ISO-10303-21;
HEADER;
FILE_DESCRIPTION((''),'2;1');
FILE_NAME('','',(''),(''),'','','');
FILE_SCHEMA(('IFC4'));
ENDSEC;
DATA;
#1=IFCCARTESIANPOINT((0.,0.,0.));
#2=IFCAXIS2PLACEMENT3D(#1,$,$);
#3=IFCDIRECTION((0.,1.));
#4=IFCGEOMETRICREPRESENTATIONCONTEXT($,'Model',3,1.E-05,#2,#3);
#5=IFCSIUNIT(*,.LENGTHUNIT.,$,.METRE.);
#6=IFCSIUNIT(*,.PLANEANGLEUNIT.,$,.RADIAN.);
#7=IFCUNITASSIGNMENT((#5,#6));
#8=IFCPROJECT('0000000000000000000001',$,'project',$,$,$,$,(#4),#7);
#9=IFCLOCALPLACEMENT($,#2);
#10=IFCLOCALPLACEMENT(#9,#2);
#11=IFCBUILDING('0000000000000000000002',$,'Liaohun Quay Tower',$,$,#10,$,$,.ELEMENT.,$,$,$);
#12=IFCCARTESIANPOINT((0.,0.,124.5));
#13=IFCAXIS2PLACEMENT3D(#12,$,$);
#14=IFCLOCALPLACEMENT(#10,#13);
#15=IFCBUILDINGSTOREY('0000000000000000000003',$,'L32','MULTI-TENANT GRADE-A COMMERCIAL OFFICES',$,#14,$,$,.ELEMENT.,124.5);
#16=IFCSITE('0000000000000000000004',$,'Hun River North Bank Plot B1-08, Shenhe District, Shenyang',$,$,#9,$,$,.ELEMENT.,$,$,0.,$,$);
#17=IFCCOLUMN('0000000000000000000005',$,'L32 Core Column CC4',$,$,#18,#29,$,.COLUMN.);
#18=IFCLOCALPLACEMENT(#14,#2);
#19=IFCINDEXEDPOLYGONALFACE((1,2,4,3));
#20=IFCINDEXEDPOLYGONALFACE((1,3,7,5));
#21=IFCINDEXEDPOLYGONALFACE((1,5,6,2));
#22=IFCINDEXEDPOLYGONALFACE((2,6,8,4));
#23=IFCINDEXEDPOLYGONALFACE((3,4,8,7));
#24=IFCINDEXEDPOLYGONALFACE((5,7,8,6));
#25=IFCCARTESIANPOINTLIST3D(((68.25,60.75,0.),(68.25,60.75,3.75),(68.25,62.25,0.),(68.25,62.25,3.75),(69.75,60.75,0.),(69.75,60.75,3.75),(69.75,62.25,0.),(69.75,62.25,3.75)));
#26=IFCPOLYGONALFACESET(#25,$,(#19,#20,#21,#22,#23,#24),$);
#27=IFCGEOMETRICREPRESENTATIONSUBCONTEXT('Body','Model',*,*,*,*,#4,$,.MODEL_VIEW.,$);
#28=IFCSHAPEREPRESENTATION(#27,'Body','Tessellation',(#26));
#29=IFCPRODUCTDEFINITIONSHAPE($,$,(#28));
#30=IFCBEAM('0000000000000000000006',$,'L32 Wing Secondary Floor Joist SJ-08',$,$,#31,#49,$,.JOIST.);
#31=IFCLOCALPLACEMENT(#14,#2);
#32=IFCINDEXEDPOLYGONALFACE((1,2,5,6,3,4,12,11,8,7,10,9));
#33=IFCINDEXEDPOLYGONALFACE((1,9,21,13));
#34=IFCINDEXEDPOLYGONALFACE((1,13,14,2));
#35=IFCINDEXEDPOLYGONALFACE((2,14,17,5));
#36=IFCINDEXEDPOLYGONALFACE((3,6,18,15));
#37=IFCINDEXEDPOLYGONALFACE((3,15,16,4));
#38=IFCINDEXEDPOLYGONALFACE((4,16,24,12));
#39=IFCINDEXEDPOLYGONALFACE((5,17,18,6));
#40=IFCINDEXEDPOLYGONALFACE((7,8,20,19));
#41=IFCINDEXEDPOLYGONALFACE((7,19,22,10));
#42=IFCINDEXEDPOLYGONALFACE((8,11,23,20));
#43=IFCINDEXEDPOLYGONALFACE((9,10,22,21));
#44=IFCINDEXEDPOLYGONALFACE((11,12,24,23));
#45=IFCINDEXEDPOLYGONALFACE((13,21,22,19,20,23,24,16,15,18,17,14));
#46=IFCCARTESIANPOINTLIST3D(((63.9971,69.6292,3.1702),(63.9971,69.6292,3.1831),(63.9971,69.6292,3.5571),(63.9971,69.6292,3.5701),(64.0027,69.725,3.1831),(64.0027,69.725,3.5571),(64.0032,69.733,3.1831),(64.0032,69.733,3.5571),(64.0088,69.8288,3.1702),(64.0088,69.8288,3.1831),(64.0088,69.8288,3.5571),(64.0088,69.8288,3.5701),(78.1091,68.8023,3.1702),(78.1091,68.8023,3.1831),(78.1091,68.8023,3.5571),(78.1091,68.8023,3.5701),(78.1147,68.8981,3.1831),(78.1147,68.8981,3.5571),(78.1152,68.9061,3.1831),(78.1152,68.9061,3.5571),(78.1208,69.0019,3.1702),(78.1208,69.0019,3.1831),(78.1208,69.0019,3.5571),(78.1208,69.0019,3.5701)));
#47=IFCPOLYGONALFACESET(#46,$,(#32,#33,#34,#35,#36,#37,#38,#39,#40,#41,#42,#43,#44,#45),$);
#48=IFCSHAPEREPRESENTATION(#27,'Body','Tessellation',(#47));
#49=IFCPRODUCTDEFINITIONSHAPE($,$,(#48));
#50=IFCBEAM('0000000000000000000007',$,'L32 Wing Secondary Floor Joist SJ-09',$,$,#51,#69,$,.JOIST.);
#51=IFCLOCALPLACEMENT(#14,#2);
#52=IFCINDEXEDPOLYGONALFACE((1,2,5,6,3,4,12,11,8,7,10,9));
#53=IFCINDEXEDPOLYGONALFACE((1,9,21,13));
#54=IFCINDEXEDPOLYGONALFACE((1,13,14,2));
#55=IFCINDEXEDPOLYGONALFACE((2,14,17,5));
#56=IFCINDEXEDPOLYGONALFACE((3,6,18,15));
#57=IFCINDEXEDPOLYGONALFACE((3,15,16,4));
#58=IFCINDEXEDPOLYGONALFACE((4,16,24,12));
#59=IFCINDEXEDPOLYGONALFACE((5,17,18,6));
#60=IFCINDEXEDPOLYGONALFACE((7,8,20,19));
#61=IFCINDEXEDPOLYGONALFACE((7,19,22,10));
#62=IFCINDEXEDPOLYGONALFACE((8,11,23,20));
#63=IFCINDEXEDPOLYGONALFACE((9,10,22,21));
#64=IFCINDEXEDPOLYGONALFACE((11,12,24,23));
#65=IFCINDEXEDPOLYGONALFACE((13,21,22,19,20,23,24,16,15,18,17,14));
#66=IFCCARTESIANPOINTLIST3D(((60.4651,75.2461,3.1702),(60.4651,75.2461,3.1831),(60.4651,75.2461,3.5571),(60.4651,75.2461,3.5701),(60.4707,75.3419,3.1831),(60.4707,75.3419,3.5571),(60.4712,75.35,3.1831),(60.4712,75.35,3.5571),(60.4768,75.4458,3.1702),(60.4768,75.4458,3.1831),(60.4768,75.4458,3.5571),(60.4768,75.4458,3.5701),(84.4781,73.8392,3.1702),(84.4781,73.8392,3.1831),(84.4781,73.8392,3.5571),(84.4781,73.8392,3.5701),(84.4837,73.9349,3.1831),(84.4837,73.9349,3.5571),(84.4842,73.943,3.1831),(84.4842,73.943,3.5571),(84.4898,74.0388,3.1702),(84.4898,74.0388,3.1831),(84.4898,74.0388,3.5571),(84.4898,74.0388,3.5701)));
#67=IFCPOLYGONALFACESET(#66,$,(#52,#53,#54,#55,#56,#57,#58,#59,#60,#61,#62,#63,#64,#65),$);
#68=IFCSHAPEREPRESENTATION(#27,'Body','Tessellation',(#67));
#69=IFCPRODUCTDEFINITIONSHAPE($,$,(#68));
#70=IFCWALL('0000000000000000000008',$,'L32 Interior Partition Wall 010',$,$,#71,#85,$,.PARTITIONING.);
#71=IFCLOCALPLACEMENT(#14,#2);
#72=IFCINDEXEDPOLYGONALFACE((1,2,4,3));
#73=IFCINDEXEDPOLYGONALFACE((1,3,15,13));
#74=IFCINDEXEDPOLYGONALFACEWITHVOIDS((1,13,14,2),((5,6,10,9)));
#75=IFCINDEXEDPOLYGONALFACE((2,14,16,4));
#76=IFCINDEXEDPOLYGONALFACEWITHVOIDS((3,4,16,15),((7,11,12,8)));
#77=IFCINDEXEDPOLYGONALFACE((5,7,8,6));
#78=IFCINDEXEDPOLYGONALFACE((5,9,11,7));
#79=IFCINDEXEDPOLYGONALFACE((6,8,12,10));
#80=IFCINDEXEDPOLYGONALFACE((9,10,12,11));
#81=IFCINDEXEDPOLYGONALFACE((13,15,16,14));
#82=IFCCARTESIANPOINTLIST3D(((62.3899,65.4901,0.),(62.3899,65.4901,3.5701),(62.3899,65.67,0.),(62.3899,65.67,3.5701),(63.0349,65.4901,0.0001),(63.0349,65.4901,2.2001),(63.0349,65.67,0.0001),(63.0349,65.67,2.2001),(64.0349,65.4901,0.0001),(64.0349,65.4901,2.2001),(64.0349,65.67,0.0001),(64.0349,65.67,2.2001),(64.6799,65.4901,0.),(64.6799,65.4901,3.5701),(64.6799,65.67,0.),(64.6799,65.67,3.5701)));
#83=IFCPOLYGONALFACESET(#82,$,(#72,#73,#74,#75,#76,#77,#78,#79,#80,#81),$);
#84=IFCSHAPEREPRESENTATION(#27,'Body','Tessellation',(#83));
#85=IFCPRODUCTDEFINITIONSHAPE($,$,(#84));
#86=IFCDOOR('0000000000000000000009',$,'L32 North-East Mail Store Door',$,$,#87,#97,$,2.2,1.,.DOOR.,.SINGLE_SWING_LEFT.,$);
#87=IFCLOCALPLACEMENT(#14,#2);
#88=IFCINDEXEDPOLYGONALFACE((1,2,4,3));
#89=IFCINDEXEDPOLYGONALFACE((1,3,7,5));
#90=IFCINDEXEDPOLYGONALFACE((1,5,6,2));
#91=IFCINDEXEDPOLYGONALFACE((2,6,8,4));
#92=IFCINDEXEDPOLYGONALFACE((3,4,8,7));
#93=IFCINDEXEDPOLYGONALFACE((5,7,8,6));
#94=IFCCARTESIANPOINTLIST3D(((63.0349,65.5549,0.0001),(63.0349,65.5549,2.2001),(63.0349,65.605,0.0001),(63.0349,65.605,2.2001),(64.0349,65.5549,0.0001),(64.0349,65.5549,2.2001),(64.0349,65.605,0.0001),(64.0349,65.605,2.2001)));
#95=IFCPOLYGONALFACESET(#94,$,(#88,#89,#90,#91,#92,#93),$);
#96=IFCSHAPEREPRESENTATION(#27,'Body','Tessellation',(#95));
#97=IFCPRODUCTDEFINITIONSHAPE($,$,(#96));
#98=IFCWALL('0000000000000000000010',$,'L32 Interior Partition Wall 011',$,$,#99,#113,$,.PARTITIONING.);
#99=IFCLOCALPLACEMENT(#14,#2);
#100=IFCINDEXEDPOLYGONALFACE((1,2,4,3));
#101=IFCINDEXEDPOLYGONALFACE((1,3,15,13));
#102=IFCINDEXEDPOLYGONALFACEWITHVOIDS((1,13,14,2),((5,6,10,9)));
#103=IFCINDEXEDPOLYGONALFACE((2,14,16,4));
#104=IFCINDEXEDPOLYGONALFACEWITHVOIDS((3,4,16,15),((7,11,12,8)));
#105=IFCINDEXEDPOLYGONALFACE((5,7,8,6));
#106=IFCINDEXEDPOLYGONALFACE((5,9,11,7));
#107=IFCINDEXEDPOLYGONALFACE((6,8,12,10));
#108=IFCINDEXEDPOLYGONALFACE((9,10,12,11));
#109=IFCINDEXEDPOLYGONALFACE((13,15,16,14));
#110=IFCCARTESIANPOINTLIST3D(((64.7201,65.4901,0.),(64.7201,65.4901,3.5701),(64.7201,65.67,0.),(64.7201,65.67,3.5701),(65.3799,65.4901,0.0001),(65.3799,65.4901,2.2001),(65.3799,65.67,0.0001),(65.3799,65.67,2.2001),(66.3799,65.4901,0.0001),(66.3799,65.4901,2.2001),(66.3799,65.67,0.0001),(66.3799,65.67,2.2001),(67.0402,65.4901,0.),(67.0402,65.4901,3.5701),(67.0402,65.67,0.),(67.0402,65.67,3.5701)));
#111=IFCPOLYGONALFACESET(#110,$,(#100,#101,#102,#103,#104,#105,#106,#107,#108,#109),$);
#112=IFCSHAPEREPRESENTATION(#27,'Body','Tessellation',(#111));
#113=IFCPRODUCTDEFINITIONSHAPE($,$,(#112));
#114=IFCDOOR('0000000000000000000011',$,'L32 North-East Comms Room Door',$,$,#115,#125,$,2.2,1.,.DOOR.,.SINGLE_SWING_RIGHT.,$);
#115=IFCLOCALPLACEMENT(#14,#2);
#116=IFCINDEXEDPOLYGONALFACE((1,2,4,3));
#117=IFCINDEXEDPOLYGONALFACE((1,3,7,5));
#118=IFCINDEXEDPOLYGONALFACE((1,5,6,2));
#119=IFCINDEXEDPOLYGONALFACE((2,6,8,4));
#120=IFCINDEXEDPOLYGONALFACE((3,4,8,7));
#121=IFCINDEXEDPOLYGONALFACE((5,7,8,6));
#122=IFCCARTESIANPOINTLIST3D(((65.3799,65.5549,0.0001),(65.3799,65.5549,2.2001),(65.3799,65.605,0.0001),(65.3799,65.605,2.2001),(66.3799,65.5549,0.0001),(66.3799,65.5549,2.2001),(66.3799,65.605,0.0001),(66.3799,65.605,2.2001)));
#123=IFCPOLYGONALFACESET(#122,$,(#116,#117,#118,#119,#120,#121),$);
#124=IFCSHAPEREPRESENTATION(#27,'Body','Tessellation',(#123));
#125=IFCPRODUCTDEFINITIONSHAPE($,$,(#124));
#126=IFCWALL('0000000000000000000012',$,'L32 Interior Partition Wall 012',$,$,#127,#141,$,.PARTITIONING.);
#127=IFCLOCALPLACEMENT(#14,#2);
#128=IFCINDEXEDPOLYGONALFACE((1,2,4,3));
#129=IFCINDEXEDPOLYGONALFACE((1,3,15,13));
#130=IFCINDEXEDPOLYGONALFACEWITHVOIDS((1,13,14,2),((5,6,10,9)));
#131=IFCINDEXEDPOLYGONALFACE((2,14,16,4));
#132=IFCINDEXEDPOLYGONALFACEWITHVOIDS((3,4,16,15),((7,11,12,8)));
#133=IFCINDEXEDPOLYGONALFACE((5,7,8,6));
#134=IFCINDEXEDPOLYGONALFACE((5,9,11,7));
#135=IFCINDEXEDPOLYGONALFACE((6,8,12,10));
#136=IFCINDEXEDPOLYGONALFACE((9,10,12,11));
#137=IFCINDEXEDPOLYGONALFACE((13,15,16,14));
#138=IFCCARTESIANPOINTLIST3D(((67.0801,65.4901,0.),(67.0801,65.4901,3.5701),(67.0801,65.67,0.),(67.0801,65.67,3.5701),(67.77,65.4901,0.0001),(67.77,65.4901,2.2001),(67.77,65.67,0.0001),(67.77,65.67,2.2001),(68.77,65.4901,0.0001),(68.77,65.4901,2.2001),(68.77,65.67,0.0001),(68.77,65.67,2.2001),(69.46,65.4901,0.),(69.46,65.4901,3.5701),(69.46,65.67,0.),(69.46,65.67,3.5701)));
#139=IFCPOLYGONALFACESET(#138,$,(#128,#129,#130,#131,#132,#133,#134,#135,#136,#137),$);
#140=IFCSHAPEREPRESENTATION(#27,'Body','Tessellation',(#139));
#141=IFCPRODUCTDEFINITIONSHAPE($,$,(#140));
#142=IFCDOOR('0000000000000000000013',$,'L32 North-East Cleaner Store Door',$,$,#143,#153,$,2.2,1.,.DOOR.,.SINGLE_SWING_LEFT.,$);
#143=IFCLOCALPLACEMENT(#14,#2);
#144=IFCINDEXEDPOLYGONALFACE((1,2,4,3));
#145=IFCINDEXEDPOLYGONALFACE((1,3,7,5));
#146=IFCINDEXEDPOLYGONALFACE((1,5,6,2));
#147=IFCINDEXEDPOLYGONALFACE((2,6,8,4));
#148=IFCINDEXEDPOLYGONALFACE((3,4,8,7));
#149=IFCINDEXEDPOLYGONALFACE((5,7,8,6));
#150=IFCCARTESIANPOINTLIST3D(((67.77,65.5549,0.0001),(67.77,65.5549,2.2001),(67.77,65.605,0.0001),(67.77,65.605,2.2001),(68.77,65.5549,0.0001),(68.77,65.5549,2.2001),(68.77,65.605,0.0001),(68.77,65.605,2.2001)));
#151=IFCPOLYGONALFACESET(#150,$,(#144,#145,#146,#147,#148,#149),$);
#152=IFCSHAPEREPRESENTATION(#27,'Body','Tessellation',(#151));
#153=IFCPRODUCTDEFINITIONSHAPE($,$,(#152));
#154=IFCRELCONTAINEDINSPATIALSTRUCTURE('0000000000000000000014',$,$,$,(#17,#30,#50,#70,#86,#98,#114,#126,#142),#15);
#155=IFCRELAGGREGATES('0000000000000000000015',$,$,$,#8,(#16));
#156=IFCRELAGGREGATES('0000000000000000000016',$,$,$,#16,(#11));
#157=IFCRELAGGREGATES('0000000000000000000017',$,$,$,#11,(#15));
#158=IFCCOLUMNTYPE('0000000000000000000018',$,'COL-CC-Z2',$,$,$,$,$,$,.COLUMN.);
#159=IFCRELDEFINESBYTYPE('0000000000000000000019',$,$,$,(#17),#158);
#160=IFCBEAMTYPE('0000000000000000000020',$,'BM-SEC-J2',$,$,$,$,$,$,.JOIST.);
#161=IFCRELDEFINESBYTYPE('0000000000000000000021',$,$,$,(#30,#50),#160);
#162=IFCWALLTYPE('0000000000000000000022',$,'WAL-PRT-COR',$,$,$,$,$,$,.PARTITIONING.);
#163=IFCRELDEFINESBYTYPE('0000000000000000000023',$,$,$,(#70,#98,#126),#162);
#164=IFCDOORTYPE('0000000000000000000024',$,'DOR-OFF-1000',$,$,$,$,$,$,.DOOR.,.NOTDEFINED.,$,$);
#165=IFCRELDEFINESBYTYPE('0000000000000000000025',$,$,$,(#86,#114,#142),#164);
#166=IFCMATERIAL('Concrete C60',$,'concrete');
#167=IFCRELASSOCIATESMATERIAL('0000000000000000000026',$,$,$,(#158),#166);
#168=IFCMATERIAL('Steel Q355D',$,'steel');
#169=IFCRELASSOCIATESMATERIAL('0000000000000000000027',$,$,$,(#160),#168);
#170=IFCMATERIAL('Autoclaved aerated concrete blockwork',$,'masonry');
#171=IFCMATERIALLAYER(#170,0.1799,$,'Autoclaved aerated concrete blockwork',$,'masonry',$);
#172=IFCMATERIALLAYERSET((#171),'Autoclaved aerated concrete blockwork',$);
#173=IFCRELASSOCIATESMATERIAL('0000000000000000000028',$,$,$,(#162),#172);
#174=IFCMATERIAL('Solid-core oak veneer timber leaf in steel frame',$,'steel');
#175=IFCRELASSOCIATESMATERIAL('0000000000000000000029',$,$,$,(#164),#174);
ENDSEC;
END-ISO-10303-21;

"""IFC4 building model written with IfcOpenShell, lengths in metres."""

from ifc_helpers import new_model, si_unit, direction, frame, frame_2d, origin, origin_2d, place, context, subcontext, project, spatial, rectangle, i_section, extrude, source, transform, mapped, material, layer, layer_set, material_profile, profile_set, type_object, element, fill, save


model = new_model("IFC4")

# Units and contexts
model_context = context("Model", 3, precision=1e-05, world=origin(), true_north=direction((0.0, 1.0)))
body_context = subcontext(model_context, "Body", "Model", "MODEL_VIEW")
ifc_project = project(units=[si_unit("LENGTHUNIT", "METRE"), si_unit("PLANEANGLEUNIT", "RADIAN")], contexts=[model_context])

# Site, building, storey
site_placement = place(None, origin())
site = spatial("IfcSite", under=ifc_project, at=site_placement, Name="Hun River North Bank Plot B1-08, Shenhe District, Shenyang", CompositionType="ELEMENT", RefElevation=0.0)
building_placement = place(site_placement, origin())
building = spatial("IfcBuilding", under=site, at=building_placement, Name="Liaohun Quay Tower", CompositionType="ELEMENT")
storey_placement = place(building_placement, frame((0.0, 0.0, 124.5)))
storey = spatial("IfcBuildingStorey", under=building, at=storey_placement, Name="L32", Description="MULTI-TENANT GRADE-A COMMERCIAL OFFICES", CompositionType="ELEMENT", Elevation=124.5)

# Column
ifc_material_1 = material(Name="Concrete C60", Category="concrete")
ifc_material_profile_1 = material_profile(ifc_material_1, rectangle(XDim=1.5, YDim=1.5, at=origin_2d()), Name="RC1500x1500")
ifc_profile_set_1 = profile_set([ifc_material_profile_1], Name="Concrete C60")
column_type = type_object("IfcColumnType", Name="COL-CC-Z2", PredefinedType="COLUMN", material=ifc_profile_set_1)
shared_shape_1 = source(origin(), body_context, "Body", "SweptSolid", [
    extrude(rectangle(XDim=1.5, YDim=1.5, at=origin_2d()), origin(), (0.0, 0.0, 1.0), 3.75),
])
column_placement = place(storey_placement, frame((69.0, 61.5, 0.0), z_axis=(0.0, 0.0, 1.0), x_axis=(1.0, 0.0, 0.0)))
element("IfcColumn", 1, at=column_placement, inside=storey, type_object=column_type, Name="L32 Core Column CC4", PredefinedType="COLUMN", context=body_context, shape_type="MappedRepresentation", body=[
    mapped(shared_shape_1, transform((0.0, 0.0, 0.0), x_axis=(1.0, 0.0, 0.0), y_axis=(0.0, 1.0, 0.0), z_axis=(0.0, 0.0, 1.0), scale=1.0)),
])

# Beams
ifc_material_2 = material(Name="Steel Q355D", Category="steel")
ifc_material_profile_2 = material_profile(ifc_material_2, i_section(OverallWidth=0.2, OverallDepth=0.3999, WebThickness=0.0081, FlangeThickness=0.0129, at=origin_2d()), Name="HN400x200x8x13")
ifc_profile_set_2 = profile_set([ifc_material_profile_2], Name="Steel Q355D")
beam_type = type_object("IfcBeamType", Name="BM-SEC-J2", PredefinedType="JOIST", material=ifc_profile_set_2)
shared_shape_2 = source(origin(), body_context, "Body", "SweptSolid", [
    extrude(i_section(OverallWidth=0.2, OverallDepth=0.3999, WebThickness=0.0081, FlangeThickness=0.0129, at=origin_2d()), origin(), (0.0, 0.0, 1.0), 14.1362),
])
beam_1_placement = place(storey_placement, frame((64.0029, 69.729, 3.3701), z_axis=(0.998288, -0.058495, 0.0), x_axis=(0.058495, 0.998288, 0.0)))
element("IfcBeam", 2, at=beam_1_placement, inside=storey, type_object=beam_type, Name="L32 Wing Secondary Floor Joist SJ-08", PredefinedType="JOIST", context=body_context, shape_type="MappedRepresentation", body=[
    mapped(shared_shape_2, transform((0.0, 0.0, 0.0), x_axis=(1.0, 0.0, 0.0), y_axis=(0.0, 1.0, 0.0), z_axis=(0.0, 0.0, 1.0), scale=1.0)),
])
shared_shape_3 = source(origin(), body_context, "Body", "SweptSolid", [
    extrude(i_section(OverallWidth=0.2, OverallDepth=0.3999, WebThickness=0.0081, FlangeThickness=0.0129, at=origin_2d()), origin(), (0.0, 0.0, 1.0), 24.0542),
])
beam_2_placement = place(storey_placement, frame((60.4709, 75.3459, 3.3701), z_axis=(0.998288, -0.058492, 0.0), x_axis=(0.058492, 0.998288, 0.0)))
element("IfcBeam", 3, at=beam_2_placement, inside=storey, type_object=beam_type, Name="L32 Wing Secondary Floor Joist SJ-09", PredefinedType="JOIST", context=body_context, shape_type="MappedRepresentation", body=[
    mapped(shared_shape_3, transform((0.0, 0.0, 0.0), x_axis=(1.0, 0.0, 0.0), y_axis=(0.0, 1.0, 0.0), z_axis=(0.0, 0.0, 1.0), scale=1.0)),
])

# Walls, openings, doors
ifc_material_3 = material(Name="Autoclaved aerated concrete blockwork", Category="masonry")
ifc_layer_1 = layer(ifc_material_3, 0.1799, Name="Autoclaved aerated concrete blockwork", Category="masonry")
ifc_layer_set_1 = layer_set([ifc_layer_1], Name="Autoclaved aerated concrete blockwork")
wall_type_1 = type_object("IfcWallType", Name="WAL-PRT-COR", PredefinedType="PARTITIONING", material=ifc_layer_set_1)
wall_1_placement = place(storey_placement, frame((62.3899, 65.5801, 0.0), z_axis=(0.0, 0.0, 1.0), x_axis=(1.0, 0.0, 0.0)))
wall_1 = element("IfcWall", 4, at=wall_1_placement, inside=storey, type_object=wall_type_1, Name="L32 Interior Partition Wall 010", PredefinedType="PARTITIONING", context=body_context, shape_type="SweptSolid", body=[
    extrude(rectangle(XDim=2.29, YDim=0.1799, at=frame_2d((1.145, 0.0))), origin(), (0.0, 0.0, 1.0), 3.5701),
])
shared_shape_4 = source(origin(), body_context, "Body", "SweptSolid", [
    extrude(rectangle(XDim=1.0, YDim=2.2, at=frame_2d((0.5, 1.1001))), frame((0.0, 0.0999, 0.0), z_axis=(0.0, -1.0, 0.0), x_axis=(1.0, 0.0, 0.0)), (0.0, 0.0, 1.0), 0.2),
])
opening_1_placement = place(wall_1_placement, frame((0.645, 0.0, 0.0)))
opening_1 = element("IfcOpeningElement", 5, at=opening_1_placement, cuts=wall_1, PredefinedType="OPENING", context=body_context, shape_type="MappedRepresentation", body=[
    mapped(shared_shape_4, transform((0.0, 0.0, 0.0), x_axis=(1.0, 0.0, 0.0), y_axis=(0.0, 1.0, 0.0), z_axis=(0.0, 0.0, 1.0), scale=1.0)),
])
ifc_material_4 = material(Name="Solid-core oak veneer timber leaf in steel frame", Category="steel")
door_type_1 = type_object("IfcDoorType", Name="DOR-OFF-1000", OperationType="NOTDEFINED", PredefinedType="DOOR", material=ifc_material_4)
shared_shape_5 = source(origin(), body_context, "Body", "SweptSolid", [
    extrude(rectangle(XDim=1.0, YDim=2.2, at=frame_2d((0.5, 1.1001))), frame((0.0, 0.0249, 0.0), z_axis=(0.0, -1.0, 0.0), x_axis=(1.0, 0.0, 0.0)), (0.0, 0.0, 1.0), 0.05),
])
door_1_placement = place(opening_1_placement, origin())
door_1 = element("IfcDoor", 6, at=door_1_placement, inside=storey, type_object=door_type_1, Name="L32 North-East Mail Store Door", OperationType="SINGLE_SWING_LEFT", OverallHeight=2.2, OverallWidth=1.0, PredefinedType="DOOR", context=body_context, shape_type="MappedRepresentation", body=[
    mapped(shared_shape_5, transform((0.0, 0.0, 0.0), x_axis=(1.0, 0.0, 0.0), y_axis=(0.0, 1.0, 0.0), z_axis=(0.0, 0.0, 1.0), scale=1.0)),
])
fill(opening_1, door_1)
wall_2_placement = place(storey_placement, frame((64.72, 65.5801, 0.0), z_axis=(0.0, 0.0, 1.0), x_axis=(1.0, 0.0, 0.0)))
wall_2 = element("IfcWall", 7, at=wall_2_placement, inside=storey, type_object=wall_type_1, Name="L32 Interior Partition Wall 011", PredefinedType="PARTITIONING", context=body_context, shape_type="SweptSolid", body=[
    extrude(rectangle(XDim=2.3201, YDim=0.1799, at=frame_2d((1.1602, 0.0))), origin(), (0.0, 0.0, 1.0), 3.5701),
])
opening_2_placement = place(wall_2_placement, frame((0.6599, 0.0, 0.0)))
opening_2 = element("IfcOpeningElement", 8, at=opening_2_placement, cuts=wall_2, PredefinedType="OPENING", context=body_context, shape_type="MappedRepresentation", body=[
    mapped(shared_shape_4, transform((0.0, 0.0, 0.0), x_axis=(1.0, 0.0, 0.0), y_axis=(0.0, 1.0, 0.0), z_axis=(0.0, 0.0, 1.0), scale=1.0)),
])
door_2_placement = place(opening_2_placement, origin())
door_2 = element("IfcDoor", 9, at=door_2_placement, inside=storey, type_object=door_type_1, Name="L32 North-East Comms Room Door", OperationType="SINGLE_SWING_RIGHT", OverallHeight=2.2, OverallWidth=1.0, PredefinedType="DOOR", context=body_context, shape_type="MappedRepresentation", body=[
    mapped(shared_shape_5, transform((0.0, 0.0, 0.0), x_axis=(1.0, 0.0, 0.0), y_axis=(0.0, 1.0, 0.0), z_axis=(0.0, 0.0, 1.0), scale=1.0)),
])
fill(opening_2, door_2)
wall_3_placement = place(storey_placement, frame((67.0801, 65.5801, 0.0), z_axis=(0.0, 0.0, 1.0), x_axis=(1.0, 0.0, 0.0)))
wall_3 = element("IfcWall", 10, at=wall_3_placement, inside=storey, type_object=wall_type_1, Name="L32 Interior Partition Wall 012", PredefinedType="PARTITIONING", context=body_context, shape_type="SweptSolid", body=[
    extrude(rectangle(XDim=2.3799, YDim=0.1799, at=frame_2d((1.1899, 0.0))), origin(), (0.0, 0.0, 1.0), 3.5701),
])
opening_3_placement = place(wall_3_placement, frame((0.6899, 0.0, 0.0)))
opening_3 = element("IfcOpeningElement", 11, at=opening_3_placement, cuts=wall_3, PredefinedType="OPENING", context=body_context, shape_type="MappedRepresentation", body=[
    mapped(shared_shape_4, transform((0.0, 0.0, 0.0), x_axis=(1.0, 0.0, 0.0), y_axis=(0.0, 1.0, 0.0), z_axis=(0.0, 0.0, 1.0), scale=1.0)),
])
door_3_placement = place(opening_3_placement, origin())
door_3 = element("IfcDoor", 12, at=door_3_placement, inside=storey, type_object=door_type_1, Name="L32 North-East Cleaner Store Door", OperationType="SINGLE_SWING_LEFT", OverallHeight=2.2, OverallWidth=1.0, PredefinedType="DOOR", context=body_context, shape_type="MappedRepresentation", body=[
    mapped(shared_shape_5, transform((0.0, 0.0, 0.0), x_axis=(1.0, 0.0, 0.0), y_axis=(0.0, 1.0, 0.0), z_axis=(0.0, 0.0, 1.0), scale=1.0)),
])
fill(opening_3, door_3)

save(model, "model.ifc")
